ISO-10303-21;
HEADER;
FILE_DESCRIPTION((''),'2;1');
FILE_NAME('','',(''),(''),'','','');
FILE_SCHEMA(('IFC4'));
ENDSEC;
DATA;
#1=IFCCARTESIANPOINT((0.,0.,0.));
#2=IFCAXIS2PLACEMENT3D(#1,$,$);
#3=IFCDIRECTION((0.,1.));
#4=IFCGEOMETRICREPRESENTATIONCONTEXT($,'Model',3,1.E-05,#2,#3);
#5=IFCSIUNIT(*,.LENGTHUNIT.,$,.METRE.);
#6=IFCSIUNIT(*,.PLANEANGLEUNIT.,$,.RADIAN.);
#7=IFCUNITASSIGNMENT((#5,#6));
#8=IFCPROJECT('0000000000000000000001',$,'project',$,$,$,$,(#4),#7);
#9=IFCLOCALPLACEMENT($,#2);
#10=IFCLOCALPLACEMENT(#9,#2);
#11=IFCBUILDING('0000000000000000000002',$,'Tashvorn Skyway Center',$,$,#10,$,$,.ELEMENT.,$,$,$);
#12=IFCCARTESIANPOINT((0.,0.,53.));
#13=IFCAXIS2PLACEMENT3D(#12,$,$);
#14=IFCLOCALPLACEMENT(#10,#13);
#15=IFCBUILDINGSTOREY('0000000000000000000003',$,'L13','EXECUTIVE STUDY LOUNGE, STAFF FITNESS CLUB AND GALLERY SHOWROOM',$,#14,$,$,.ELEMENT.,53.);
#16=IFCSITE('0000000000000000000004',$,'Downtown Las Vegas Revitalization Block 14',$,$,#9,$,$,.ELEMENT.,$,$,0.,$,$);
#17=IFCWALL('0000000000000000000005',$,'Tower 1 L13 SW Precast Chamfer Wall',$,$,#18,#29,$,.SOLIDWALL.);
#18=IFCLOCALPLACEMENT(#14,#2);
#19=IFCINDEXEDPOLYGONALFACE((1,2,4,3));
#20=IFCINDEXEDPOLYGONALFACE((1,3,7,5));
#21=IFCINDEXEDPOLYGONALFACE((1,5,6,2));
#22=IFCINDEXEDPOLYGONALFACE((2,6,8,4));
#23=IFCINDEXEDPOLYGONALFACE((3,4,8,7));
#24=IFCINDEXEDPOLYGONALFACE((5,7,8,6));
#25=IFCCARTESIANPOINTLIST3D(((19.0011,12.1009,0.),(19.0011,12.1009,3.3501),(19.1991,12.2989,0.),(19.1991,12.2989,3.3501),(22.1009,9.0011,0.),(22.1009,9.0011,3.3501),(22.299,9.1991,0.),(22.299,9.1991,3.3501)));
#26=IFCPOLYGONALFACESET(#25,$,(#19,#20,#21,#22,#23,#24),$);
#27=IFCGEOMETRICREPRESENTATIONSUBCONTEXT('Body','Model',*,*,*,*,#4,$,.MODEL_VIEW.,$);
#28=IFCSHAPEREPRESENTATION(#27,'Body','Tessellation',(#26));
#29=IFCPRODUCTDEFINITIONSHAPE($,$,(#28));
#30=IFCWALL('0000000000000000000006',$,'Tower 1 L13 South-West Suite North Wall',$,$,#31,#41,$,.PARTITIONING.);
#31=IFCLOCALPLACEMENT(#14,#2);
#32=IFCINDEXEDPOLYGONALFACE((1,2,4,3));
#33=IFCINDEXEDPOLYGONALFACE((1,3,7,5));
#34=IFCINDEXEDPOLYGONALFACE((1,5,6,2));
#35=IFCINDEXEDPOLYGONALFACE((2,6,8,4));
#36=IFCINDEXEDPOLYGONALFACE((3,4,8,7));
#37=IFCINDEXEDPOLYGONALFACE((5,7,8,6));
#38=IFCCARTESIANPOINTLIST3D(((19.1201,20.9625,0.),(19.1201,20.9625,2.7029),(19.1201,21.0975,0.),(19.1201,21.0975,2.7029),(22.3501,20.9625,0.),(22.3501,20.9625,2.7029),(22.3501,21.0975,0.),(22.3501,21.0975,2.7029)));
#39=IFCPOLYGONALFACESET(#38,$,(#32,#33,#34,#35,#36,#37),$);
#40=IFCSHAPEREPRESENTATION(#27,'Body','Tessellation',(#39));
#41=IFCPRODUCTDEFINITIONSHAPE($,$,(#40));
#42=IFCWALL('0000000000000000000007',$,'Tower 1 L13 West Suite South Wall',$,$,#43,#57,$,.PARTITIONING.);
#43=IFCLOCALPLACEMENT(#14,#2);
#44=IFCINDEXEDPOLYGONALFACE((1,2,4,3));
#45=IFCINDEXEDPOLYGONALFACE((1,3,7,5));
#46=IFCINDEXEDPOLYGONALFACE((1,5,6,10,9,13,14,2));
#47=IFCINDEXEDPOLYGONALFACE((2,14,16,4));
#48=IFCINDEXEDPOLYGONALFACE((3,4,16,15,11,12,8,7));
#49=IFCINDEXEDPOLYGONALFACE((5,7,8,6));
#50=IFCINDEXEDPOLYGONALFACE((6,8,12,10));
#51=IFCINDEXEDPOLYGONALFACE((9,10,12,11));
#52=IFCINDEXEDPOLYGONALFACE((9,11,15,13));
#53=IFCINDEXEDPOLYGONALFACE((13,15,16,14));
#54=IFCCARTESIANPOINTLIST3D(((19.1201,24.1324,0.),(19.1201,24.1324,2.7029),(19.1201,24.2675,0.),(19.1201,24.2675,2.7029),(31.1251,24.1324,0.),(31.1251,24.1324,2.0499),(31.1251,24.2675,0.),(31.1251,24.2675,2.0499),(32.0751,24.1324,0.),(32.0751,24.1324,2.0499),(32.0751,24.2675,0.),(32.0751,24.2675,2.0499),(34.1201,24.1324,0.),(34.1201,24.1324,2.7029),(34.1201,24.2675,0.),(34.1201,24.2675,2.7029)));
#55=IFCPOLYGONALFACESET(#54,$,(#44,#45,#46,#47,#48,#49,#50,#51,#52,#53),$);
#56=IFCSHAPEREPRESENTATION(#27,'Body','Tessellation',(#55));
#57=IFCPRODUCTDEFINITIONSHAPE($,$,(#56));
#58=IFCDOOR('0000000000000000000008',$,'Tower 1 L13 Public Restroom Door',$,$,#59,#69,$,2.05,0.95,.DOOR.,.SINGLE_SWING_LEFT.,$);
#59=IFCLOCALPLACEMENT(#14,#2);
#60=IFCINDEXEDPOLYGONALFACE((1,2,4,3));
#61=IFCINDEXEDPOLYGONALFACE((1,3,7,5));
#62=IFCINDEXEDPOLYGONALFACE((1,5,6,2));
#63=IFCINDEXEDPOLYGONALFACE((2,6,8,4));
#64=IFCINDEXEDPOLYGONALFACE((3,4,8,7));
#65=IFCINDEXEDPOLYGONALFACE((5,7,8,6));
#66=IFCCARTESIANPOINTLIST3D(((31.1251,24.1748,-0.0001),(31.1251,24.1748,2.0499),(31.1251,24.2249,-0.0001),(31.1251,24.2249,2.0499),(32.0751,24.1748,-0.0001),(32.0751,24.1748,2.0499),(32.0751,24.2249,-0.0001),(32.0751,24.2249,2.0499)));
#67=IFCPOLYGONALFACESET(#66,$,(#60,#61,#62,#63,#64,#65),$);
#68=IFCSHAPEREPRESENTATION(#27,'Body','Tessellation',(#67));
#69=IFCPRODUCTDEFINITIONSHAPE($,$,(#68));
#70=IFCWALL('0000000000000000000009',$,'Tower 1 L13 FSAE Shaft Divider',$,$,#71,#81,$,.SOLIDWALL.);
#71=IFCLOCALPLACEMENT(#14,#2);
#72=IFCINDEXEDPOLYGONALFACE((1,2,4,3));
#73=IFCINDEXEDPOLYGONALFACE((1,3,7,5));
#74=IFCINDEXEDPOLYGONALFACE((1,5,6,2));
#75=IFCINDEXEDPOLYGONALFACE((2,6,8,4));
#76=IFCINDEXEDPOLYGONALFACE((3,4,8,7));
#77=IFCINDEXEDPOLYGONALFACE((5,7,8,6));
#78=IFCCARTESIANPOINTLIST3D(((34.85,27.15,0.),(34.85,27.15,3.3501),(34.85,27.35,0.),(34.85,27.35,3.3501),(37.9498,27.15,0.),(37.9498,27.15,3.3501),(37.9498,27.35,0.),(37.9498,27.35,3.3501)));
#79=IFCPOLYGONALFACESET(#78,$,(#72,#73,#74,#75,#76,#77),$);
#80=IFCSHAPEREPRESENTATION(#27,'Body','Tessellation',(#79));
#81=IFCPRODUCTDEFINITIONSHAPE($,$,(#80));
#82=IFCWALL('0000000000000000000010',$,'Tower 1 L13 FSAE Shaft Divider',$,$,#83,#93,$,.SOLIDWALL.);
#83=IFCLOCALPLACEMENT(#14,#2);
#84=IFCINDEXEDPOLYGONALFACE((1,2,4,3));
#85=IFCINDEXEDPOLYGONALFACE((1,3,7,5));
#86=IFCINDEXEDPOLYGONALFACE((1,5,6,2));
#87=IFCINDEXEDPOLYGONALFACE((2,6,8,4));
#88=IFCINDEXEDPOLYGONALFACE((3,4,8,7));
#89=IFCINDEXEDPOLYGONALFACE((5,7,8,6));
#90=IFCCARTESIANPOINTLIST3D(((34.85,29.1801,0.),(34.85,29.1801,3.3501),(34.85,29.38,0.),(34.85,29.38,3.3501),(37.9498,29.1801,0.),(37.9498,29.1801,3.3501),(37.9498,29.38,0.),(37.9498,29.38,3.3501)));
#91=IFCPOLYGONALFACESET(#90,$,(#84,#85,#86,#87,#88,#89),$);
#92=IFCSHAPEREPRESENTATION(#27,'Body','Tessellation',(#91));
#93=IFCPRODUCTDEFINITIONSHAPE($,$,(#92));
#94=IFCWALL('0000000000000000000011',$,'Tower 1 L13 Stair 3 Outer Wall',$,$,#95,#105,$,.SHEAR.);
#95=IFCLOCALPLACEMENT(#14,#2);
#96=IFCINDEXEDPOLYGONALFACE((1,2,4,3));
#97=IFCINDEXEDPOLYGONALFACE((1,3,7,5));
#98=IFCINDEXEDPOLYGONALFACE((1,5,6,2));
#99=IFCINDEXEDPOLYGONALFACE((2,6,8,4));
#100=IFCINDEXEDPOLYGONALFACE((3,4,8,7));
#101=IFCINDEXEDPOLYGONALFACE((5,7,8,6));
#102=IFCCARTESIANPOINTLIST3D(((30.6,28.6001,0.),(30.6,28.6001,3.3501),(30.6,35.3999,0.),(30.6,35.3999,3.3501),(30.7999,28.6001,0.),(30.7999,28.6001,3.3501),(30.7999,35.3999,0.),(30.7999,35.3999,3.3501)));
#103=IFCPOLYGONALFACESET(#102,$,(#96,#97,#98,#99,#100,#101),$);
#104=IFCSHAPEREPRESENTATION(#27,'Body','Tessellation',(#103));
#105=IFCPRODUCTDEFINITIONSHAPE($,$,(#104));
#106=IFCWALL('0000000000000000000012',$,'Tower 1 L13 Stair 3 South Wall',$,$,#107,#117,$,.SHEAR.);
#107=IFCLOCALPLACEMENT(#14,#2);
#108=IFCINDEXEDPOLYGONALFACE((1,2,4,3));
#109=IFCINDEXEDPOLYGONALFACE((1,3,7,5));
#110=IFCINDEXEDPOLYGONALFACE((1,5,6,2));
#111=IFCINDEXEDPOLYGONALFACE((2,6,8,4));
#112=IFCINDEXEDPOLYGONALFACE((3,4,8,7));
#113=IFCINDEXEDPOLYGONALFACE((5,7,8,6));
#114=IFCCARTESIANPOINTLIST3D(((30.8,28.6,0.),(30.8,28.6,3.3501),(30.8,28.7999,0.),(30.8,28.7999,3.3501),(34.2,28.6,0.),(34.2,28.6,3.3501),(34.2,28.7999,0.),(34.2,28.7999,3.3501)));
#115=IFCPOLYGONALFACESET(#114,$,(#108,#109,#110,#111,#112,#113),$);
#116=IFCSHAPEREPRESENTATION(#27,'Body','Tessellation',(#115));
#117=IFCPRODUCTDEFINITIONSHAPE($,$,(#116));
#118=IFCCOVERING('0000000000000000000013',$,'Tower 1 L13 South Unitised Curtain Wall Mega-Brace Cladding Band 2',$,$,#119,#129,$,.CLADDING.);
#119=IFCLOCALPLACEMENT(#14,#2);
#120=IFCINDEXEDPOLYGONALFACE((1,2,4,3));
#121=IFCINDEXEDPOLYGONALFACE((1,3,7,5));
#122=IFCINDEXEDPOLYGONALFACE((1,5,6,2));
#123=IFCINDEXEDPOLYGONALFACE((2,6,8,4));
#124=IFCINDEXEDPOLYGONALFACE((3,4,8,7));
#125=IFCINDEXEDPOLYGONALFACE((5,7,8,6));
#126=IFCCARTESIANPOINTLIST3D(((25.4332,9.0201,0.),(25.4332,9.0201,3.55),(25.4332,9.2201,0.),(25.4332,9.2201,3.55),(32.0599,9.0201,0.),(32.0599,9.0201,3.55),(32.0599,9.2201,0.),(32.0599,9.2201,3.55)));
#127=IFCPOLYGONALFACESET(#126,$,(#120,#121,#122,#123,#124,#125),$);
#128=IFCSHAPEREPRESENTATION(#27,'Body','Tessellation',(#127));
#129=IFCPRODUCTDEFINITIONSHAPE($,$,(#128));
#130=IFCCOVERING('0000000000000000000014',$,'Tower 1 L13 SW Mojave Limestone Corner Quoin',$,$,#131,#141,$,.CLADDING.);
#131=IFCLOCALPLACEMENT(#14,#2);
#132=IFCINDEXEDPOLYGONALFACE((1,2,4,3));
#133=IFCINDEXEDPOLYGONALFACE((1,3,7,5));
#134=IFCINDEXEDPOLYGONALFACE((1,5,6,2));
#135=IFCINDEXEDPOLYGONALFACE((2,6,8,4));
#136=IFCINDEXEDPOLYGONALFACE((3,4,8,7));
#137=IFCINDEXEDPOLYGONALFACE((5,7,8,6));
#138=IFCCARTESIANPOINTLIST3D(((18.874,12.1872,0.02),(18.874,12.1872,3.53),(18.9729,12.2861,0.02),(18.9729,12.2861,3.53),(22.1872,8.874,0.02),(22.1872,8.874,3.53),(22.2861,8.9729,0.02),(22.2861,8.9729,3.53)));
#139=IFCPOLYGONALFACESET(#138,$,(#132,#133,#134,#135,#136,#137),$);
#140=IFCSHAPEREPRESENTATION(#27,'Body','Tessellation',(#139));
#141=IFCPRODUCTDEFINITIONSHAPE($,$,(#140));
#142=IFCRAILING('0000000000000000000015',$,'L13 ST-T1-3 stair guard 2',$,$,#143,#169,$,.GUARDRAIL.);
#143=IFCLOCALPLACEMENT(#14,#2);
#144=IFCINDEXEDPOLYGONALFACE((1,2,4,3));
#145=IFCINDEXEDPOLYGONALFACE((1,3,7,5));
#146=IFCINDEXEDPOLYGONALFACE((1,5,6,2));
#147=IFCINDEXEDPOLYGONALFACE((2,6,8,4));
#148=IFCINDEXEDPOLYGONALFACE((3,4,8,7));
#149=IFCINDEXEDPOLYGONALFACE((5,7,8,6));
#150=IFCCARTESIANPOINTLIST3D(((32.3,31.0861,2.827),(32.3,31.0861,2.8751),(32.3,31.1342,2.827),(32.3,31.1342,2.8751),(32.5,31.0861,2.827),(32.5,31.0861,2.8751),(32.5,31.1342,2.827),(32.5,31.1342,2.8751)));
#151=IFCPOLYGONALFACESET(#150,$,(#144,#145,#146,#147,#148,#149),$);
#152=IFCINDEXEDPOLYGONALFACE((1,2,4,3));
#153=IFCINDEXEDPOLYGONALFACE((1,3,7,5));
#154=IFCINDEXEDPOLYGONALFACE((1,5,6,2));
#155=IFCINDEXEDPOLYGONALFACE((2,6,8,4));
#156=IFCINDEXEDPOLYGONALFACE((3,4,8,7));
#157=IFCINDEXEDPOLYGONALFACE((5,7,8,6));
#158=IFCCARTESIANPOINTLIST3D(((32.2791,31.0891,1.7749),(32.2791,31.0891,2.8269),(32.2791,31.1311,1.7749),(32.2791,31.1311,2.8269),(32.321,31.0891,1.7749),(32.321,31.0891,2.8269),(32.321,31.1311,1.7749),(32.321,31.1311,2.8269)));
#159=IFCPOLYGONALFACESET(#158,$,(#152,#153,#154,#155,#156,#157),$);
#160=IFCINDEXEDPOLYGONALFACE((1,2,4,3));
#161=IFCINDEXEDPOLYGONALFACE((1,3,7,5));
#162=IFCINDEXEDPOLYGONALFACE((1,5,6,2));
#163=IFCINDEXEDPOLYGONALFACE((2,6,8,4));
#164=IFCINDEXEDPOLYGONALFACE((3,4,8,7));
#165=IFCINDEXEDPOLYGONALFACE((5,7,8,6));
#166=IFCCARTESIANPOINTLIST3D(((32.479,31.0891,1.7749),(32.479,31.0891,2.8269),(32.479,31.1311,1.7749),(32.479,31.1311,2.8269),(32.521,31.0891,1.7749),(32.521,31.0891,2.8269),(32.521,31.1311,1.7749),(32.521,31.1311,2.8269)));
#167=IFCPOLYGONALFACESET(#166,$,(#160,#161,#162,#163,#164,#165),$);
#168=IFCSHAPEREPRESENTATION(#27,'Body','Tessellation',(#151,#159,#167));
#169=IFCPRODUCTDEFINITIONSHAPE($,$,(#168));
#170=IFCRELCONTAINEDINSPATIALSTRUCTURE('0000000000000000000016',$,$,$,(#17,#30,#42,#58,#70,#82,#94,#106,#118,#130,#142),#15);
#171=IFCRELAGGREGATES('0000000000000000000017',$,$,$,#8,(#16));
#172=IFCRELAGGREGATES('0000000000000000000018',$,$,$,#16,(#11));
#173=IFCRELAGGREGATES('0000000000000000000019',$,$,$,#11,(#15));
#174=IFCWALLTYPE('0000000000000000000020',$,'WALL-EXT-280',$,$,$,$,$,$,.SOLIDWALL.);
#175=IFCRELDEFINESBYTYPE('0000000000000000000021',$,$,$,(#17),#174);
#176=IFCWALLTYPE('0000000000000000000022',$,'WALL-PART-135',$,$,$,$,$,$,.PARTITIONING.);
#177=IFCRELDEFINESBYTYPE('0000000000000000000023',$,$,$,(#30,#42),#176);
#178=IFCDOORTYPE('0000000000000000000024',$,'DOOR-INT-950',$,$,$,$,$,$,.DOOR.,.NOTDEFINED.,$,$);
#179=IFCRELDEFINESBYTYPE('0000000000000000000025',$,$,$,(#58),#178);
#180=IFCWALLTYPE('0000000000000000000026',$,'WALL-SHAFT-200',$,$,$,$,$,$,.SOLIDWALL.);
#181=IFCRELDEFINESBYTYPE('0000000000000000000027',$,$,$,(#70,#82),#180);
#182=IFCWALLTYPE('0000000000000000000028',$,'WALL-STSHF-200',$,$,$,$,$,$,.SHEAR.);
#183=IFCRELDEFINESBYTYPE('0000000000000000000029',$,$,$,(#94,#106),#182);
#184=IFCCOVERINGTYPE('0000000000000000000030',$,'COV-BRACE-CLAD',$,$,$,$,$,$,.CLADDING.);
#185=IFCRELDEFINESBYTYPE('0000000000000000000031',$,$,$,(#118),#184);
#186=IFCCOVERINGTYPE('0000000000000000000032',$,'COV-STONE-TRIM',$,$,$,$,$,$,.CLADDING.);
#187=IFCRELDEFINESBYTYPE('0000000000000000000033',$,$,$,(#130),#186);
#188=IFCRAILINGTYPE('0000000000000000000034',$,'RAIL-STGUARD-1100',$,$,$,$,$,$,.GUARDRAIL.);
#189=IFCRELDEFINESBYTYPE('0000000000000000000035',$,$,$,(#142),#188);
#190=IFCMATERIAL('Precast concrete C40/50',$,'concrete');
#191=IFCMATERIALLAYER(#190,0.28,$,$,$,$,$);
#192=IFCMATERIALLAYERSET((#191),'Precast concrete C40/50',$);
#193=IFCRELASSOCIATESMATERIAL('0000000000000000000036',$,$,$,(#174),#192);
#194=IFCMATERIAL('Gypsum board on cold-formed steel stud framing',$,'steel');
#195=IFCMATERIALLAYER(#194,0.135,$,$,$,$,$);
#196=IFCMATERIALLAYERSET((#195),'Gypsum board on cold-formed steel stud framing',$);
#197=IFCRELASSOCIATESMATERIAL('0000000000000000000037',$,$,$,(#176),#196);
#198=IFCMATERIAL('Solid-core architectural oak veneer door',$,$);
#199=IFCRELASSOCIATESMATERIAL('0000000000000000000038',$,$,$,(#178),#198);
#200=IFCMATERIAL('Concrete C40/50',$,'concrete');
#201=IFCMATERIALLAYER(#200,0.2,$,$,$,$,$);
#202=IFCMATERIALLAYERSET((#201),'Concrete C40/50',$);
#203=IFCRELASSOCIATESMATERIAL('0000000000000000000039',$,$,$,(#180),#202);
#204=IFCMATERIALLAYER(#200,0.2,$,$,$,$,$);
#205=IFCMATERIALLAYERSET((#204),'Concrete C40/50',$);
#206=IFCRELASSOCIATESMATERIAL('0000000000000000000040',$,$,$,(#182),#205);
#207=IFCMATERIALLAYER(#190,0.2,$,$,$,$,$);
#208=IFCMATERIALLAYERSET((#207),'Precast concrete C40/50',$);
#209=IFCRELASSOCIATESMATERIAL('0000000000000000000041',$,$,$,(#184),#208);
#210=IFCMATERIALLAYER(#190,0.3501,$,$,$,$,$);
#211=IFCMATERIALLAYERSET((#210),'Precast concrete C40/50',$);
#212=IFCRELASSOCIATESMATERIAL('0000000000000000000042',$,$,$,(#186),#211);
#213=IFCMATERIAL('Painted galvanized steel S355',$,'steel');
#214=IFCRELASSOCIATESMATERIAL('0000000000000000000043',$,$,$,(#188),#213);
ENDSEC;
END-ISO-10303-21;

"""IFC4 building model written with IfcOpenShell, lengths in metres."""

from ifc_helpers import new_model, si_unit, direction, frame, frame_2d, origin, origin_2d, place, context, subcontext, project, spatial, rectangle, extrude, material, layer, layer_set, type_object, element, fill, save


model = new_model("IFC4")

# Units and contexts
model_context = context("Model", 3, precision=1e-05, world=origin(), true_north=direction((0.0, 1.0)))
body_context = subcontext(model_context, "Body", "Model", "MODEL_VIEW")
ifc_project = project(units=[si_unit("LENGTHUNIT", "METRE"), si_unit("PLANEANGLEUNIT", "RADIAN")], contexts=[model_context])

# Site, building, storey
site_placement = place(None, origin())
site = spatial("IfcSite", under=ifc_project, at=site_placement, Name="Downtown Las Vegas Revitalization Block 14", CompositionType="ELEMENT", RefElevation=0.0)
building_placement = place(site_placement, origin())
building = spatial("IfcBuilding", under=site, at=building_placement, Name="Tashvorn Skyway Center", CompositionType="ELEMENT")
storey_placement = place(building_placement, frame((0.0, 0.0, 53.0)))
storey = spatial("IfcBuildingStorey", under=building, at=storey_placement, Name="L13", Description="EXECUTIVE STUDY LOUNGE, STAFF FITNESS CLUB AND GALLERY SHOWROOM", CompositionType="ELEMENT", Elevation=53.0)

# Walls
ifc_material_1 = material(Name="Precast concrete C40/50", Category="concrete")
ifc_layer_1 = layer(ifc_material_1, 0.28)
ifc_layer_set_1 = layer_set([ifc_layer_1], Name="Precast concrete C40/50")
wall_type_1 = type_object("IfcWallType", Name="WALL-EXT-280", PredefinedType="SOLIDWALL", material=ifc_layer_set_1)
wall_1_placement = place(storey_placement, frame((22.2, 9.1001, 0.0), z_axis=(0.0, 0.0, 1.0), x_axis=(-0.707107, 0.707107, 0.0)))
element("IfcWall", 1, at=wall_1_placement, inside=storey, type_object=wall_type_1, Name="Tower 1 L13 SW Precast Chamfer Wall", PredefinedType="SOLIDWALL", context=body_context, shape_type="SweptSolid", body=[
    extrude(rectangle(XDim=4.3838, YDim=0.28, at=frame_2d((2.1919, 0.0))), origin(), (0.0, 0.0, 1.0), 3.3501),
])
ifc_material_2 = material(Name="Gypsum board on cold-formed steel stud framing", Category="steel")
ifc_layer_2 = layer(ifc_material_2, 0.135)
ifc_layer_set_2 = layer_set([ifc_layer_2], Name="Gypsum board on cold-formed steel stud framing")
wall_type_2 = type_object("IfcWallType", Name="WALL-PART-135", PredefinedType="PARTITIONING", material=ifc_layer_set_2)
wall_2_placement = place(storey_placement, frame((19.1201, 21.03, 0.0), z_axis=(0.0, 0.0, 1.0), x_axis=(1.0, 0.0, 0.0)))
element("IfcWall", 2, at=wall_2_placement, inside=storey, type_object=wall_type_2, Name="Tower 1 L13 South-West Suite North Wall", PredefinedType="PARTITIONING", context=body_context, shape_type="SweptSolid", body=[
    extrude(rectangle(XDim=3.23, YDim=0.135, at=frame_2d((1.615, 0.0))), origin(), (0.0, 0.0, 1.0), 2.7029),
])

# Wall, opening, door
wall_3_placement = place(storey_placement, frame((19.1201, 24.2, 0.0), z_axis=(0.0, 0.0, 1.0), x_axis=(1.0, 0.0, 0.0)))
wall_3 = element("IfcWall", 3, at=wall_3_placement, inside=storey, type_object=wall_type_2, Name="Tower 1 L13 West Suite South Wall", PredefinedType="PARTITIONING", context=body_context, shape_type="SweptSolid", body=[
    extrude(rectangle(XDim=15.0, YDim=0.135, at=frame_2d((7.5, 0.0))), origin(), (0.0, 0.0, 1.0), 2.7029),
])
opening_placement = place(wall_3_placement, frame((12.0049, 0.0, 0.0)))
opening = element("IfcOpeningElement", 4, at=opening_placement, cuts=wall_3, PredefinedType="OPENING", context=body_context, shape_type="SweptSolid", body=[
    extrude(rectangle(XDim=0.95, YDim=2.05, at=frame_2d((0.4751, 1.0249))), frame((0.0, 0.0774, 0.0), z_axis=(0.0, -1.0, 0.0), x_axis=(1.0, 0.0, 0.0)), (0.0, 0.0, 1.0), 0.155),
])
ifc_material_3 = material(Name="Solid-core architectural oak veneer door")
door_type = type_object("IfcDoorType", Name="DOOR-INT-950", OperationType="NOTDEFINED", PredefinedType="DOOR", material=ifc_material_3)
door_placement = place(opening_placement, origin())
door = element("IfcDoor", 5, at=door_placement, inside=storey, type_object=door_type, Name="Tower 1 L13 Public Restroom Door", OperationType="SINGLE_SWING_LEFT", OverallHeight=2.05, OverallWidth=0.95, PredefinedType="DOOR", context=body_context, shape_type="SweptSolid", body=[
    extrude(rectangle(XDim=0.95, YDim=2.05, at=frame_2d((0.4751, 1.0249))), frame((0.0, 0.0249, 0.0), z_axis=(0.0, -1.0, 0.0), x_axis=(1.0, 0.0, 0.0)), (0.0, 0.0, 1.0), 0.05),
])
fill(opening, door)

# Walls
ifc_material_4 = material(Name="Concrete C40/50", Category="concrete")
ifc_layer_3 = layer(ifc_material_4, 0.2)
ifc_layer_set_3 = layer_set([ifc_layer_3], Name="Concrete C40/50")
wall_type_3 = type_object("IfcWallType", Name="WALL-SHAFT-200", PredefinedType="SOLIDWALL", material=ifc_layer_set_3)
for number, where, z_axis, x_axis, name in (
    (6, (34.8501, 27.25, 0.0), (0.0, 0.0, 1.0), (1.0, 0.0, 0.0), "Tower 1 L13 FSAE Shaft Divider"),
    (7, (34.8501, 29.28, 0.0), (0.0, 0.0, 1.0), (1.0, 0.0, 0.0), "Tower 1 L13 FSAE Shaft Divider"),
):
    element("IfcWall", number, at=place(storey_placement, frame(where, z_axis=z_axis, x_axis=x_axis)), inside=storey, type_object=wall_type_3, Name=name, PredefinedType="SOLIDWALL", context=body_context, shape_type="SweptSolid", body=[
        extrude(rectangle(XDim=3.0999, YDim=0.2, at=frame_2d((1.5498, 0.0))), origin(), (0.0, 0.0, 1.0), 3.3501),
    ])
ifc_layer_4 = layer(ifc_material_4, 0.2)
ifc_layer_set_4 = layer_set([ifc_layer_4], Name="Concrete C40/50")
wall_type_4 = type_object("IfcWallType", Name="WALL-STSHF-200", PredefinedType="SHEAR", material=ifc_layer_set_4)
wall_4_placement = place(storey_placement, frame((30.7, 28.6001, 0.0), z_axis=(0.0, 0.0, 1.0), x_axis=(0.0, 1.0, 0.0)))
element("IfcWall", 8, at=wall_4_placement, inside=storey, type_object=wall_type_4, Name="Tower 1 L13 Stair 3 Outer Wall", PredefinedType="SHEAR", context=body_context, shape_type="SweptSolid", body=[
    extrude(rectangle(XDim=6.7998, YDim=0.2, at=frame_2d((3.3999, 0.0))), origin(), (0.0, 0.0, 1.0), 3.3501),
])
wall_5_placement = place(storey_placement, frame((30.8, 28.7, 0.0), z_axis=(0.0, 0.0, 1.0), x_axis=(1.0, 0.0, 0.0)))
element("IfcWall", 9, at=wall_5_placement, inside=storey, type_object=wall_type_4, Name="Tower 1 L13 Stair 3 South Wall", PredefinedType="SHEAR", context=body_context, shape_type="SweptSolid", body=[
    extrude(rectangle(XDim=3.3999, YDim=0.2, at=frame_2d((1.7, 0.0))), origin(), (0.0, 0.0, 1.0), 3.3501),
])

# Coverings
ifc_layer_5 = layer(ifc_material_1, 0.2)
ifc_layer_set_5 = layer_set([ifc_layer_5], Name="Precast concrete C40/50")
covering_type_1 = type_object("IfcCoveringType", Name="COV-BRACE-CLAD", PredefinedType="CLADDING", material=ifc_layer_set_5)
covering_1_placement = place(storey_placement, frame((28.7466, 9.1201, 0.0), z_axis=(0.0, 0.0, 1.0), x_axis=(-1.0, 0.0, 0.0)))
element("IfcCovering", 10, at=covering_1_placement, inside=storey, type_object=covering_type_1, Name="Tower 1 L13 South Unitised Curtain Wall Mega-Brace Cladding Band 2", PredefinedType="CLADDING", context=body_context, shape_type="SweptSolid", body=[
    extrude(rectangle(XDim=6.6267, YDim=0.2, at=origin_2d()), origin(), (0.0, 0.0, 1.0), 3.55),
])
ifc_layer_6 = layer(ifc_material_1, 0.3501)
ifc_layer_set_6 = layer_set([ifc_layer_6], Name="Precast concrete C40/50")
covering_type_2 = type_object("IfcCoveringType", Name="COV-STONE-TRIM", PredefinedType="CLADDING", material=ifc_layer_set_6)
covering_2_placement = place(storey_placement, frame((20.5801, 10.5801, 0.02), z_axis=(0.0, 0.0, 1.0), x_axis=(-0.707107, 0.707107, 0.0)))
element("IfcCovering", 11, at=covering_2_placement, inside=storey, type_object=covering_type_2, Name="Tower 1 L13 SW Mojave Limestone Corner Quoin", PredefinedType="CLADDING", context=body_context, shape_type="SweptSolid", body=[
    extrude(rectangle(XDim=4.6855, YDim=0.1399, at=origin_2d()), origin(), (0.0, 0.0, 1.0), 3.51),
])

# Railing
ifc_material_5 = material(Name="Painted galvanized steel S355", Category="steel")
railing_type = type_object("IfcRailingType", Name="RAIL-STGUARD-1100", PredefinedType="GUARDRAIL", material=ifc_material_5)
railing_placement = place(storey_placement, frame((32.3, 31.1101, 1.7749)))
element("IfcRailing", 12, at=railing_placement, inside=storey, type_object=railing_type, Name="L13 ST-T1-3 stair guard 2", PredefinedType="GUARDRAIL", context=body_context, shape_type="SweptSolid", body=[
    extrude(rectangle(XDim=0.0481, YDim=0.0481, at=origin_2d()), frame((0.0, 0.0, 1.0762), z_axis=(1.0, 0.0, 0.0), x_axis=(0.0, 1.0, 0.0)), (0.0, 0.0, 1.0), 0.2),
    extrude(rectangle(XDim=0.042, YDim=0.042, at=origin_2d()), origin(), (0.0, 0.0, 1.0), 1.052),
    extrude(rectangle(XDim=0.042, YDim=0.042, at=origin_2d()), frame((0.2, 0.0, 0.0)), (0.0, 0.0, 1.0), 1.052),
])

save(model, "model.ifc")
